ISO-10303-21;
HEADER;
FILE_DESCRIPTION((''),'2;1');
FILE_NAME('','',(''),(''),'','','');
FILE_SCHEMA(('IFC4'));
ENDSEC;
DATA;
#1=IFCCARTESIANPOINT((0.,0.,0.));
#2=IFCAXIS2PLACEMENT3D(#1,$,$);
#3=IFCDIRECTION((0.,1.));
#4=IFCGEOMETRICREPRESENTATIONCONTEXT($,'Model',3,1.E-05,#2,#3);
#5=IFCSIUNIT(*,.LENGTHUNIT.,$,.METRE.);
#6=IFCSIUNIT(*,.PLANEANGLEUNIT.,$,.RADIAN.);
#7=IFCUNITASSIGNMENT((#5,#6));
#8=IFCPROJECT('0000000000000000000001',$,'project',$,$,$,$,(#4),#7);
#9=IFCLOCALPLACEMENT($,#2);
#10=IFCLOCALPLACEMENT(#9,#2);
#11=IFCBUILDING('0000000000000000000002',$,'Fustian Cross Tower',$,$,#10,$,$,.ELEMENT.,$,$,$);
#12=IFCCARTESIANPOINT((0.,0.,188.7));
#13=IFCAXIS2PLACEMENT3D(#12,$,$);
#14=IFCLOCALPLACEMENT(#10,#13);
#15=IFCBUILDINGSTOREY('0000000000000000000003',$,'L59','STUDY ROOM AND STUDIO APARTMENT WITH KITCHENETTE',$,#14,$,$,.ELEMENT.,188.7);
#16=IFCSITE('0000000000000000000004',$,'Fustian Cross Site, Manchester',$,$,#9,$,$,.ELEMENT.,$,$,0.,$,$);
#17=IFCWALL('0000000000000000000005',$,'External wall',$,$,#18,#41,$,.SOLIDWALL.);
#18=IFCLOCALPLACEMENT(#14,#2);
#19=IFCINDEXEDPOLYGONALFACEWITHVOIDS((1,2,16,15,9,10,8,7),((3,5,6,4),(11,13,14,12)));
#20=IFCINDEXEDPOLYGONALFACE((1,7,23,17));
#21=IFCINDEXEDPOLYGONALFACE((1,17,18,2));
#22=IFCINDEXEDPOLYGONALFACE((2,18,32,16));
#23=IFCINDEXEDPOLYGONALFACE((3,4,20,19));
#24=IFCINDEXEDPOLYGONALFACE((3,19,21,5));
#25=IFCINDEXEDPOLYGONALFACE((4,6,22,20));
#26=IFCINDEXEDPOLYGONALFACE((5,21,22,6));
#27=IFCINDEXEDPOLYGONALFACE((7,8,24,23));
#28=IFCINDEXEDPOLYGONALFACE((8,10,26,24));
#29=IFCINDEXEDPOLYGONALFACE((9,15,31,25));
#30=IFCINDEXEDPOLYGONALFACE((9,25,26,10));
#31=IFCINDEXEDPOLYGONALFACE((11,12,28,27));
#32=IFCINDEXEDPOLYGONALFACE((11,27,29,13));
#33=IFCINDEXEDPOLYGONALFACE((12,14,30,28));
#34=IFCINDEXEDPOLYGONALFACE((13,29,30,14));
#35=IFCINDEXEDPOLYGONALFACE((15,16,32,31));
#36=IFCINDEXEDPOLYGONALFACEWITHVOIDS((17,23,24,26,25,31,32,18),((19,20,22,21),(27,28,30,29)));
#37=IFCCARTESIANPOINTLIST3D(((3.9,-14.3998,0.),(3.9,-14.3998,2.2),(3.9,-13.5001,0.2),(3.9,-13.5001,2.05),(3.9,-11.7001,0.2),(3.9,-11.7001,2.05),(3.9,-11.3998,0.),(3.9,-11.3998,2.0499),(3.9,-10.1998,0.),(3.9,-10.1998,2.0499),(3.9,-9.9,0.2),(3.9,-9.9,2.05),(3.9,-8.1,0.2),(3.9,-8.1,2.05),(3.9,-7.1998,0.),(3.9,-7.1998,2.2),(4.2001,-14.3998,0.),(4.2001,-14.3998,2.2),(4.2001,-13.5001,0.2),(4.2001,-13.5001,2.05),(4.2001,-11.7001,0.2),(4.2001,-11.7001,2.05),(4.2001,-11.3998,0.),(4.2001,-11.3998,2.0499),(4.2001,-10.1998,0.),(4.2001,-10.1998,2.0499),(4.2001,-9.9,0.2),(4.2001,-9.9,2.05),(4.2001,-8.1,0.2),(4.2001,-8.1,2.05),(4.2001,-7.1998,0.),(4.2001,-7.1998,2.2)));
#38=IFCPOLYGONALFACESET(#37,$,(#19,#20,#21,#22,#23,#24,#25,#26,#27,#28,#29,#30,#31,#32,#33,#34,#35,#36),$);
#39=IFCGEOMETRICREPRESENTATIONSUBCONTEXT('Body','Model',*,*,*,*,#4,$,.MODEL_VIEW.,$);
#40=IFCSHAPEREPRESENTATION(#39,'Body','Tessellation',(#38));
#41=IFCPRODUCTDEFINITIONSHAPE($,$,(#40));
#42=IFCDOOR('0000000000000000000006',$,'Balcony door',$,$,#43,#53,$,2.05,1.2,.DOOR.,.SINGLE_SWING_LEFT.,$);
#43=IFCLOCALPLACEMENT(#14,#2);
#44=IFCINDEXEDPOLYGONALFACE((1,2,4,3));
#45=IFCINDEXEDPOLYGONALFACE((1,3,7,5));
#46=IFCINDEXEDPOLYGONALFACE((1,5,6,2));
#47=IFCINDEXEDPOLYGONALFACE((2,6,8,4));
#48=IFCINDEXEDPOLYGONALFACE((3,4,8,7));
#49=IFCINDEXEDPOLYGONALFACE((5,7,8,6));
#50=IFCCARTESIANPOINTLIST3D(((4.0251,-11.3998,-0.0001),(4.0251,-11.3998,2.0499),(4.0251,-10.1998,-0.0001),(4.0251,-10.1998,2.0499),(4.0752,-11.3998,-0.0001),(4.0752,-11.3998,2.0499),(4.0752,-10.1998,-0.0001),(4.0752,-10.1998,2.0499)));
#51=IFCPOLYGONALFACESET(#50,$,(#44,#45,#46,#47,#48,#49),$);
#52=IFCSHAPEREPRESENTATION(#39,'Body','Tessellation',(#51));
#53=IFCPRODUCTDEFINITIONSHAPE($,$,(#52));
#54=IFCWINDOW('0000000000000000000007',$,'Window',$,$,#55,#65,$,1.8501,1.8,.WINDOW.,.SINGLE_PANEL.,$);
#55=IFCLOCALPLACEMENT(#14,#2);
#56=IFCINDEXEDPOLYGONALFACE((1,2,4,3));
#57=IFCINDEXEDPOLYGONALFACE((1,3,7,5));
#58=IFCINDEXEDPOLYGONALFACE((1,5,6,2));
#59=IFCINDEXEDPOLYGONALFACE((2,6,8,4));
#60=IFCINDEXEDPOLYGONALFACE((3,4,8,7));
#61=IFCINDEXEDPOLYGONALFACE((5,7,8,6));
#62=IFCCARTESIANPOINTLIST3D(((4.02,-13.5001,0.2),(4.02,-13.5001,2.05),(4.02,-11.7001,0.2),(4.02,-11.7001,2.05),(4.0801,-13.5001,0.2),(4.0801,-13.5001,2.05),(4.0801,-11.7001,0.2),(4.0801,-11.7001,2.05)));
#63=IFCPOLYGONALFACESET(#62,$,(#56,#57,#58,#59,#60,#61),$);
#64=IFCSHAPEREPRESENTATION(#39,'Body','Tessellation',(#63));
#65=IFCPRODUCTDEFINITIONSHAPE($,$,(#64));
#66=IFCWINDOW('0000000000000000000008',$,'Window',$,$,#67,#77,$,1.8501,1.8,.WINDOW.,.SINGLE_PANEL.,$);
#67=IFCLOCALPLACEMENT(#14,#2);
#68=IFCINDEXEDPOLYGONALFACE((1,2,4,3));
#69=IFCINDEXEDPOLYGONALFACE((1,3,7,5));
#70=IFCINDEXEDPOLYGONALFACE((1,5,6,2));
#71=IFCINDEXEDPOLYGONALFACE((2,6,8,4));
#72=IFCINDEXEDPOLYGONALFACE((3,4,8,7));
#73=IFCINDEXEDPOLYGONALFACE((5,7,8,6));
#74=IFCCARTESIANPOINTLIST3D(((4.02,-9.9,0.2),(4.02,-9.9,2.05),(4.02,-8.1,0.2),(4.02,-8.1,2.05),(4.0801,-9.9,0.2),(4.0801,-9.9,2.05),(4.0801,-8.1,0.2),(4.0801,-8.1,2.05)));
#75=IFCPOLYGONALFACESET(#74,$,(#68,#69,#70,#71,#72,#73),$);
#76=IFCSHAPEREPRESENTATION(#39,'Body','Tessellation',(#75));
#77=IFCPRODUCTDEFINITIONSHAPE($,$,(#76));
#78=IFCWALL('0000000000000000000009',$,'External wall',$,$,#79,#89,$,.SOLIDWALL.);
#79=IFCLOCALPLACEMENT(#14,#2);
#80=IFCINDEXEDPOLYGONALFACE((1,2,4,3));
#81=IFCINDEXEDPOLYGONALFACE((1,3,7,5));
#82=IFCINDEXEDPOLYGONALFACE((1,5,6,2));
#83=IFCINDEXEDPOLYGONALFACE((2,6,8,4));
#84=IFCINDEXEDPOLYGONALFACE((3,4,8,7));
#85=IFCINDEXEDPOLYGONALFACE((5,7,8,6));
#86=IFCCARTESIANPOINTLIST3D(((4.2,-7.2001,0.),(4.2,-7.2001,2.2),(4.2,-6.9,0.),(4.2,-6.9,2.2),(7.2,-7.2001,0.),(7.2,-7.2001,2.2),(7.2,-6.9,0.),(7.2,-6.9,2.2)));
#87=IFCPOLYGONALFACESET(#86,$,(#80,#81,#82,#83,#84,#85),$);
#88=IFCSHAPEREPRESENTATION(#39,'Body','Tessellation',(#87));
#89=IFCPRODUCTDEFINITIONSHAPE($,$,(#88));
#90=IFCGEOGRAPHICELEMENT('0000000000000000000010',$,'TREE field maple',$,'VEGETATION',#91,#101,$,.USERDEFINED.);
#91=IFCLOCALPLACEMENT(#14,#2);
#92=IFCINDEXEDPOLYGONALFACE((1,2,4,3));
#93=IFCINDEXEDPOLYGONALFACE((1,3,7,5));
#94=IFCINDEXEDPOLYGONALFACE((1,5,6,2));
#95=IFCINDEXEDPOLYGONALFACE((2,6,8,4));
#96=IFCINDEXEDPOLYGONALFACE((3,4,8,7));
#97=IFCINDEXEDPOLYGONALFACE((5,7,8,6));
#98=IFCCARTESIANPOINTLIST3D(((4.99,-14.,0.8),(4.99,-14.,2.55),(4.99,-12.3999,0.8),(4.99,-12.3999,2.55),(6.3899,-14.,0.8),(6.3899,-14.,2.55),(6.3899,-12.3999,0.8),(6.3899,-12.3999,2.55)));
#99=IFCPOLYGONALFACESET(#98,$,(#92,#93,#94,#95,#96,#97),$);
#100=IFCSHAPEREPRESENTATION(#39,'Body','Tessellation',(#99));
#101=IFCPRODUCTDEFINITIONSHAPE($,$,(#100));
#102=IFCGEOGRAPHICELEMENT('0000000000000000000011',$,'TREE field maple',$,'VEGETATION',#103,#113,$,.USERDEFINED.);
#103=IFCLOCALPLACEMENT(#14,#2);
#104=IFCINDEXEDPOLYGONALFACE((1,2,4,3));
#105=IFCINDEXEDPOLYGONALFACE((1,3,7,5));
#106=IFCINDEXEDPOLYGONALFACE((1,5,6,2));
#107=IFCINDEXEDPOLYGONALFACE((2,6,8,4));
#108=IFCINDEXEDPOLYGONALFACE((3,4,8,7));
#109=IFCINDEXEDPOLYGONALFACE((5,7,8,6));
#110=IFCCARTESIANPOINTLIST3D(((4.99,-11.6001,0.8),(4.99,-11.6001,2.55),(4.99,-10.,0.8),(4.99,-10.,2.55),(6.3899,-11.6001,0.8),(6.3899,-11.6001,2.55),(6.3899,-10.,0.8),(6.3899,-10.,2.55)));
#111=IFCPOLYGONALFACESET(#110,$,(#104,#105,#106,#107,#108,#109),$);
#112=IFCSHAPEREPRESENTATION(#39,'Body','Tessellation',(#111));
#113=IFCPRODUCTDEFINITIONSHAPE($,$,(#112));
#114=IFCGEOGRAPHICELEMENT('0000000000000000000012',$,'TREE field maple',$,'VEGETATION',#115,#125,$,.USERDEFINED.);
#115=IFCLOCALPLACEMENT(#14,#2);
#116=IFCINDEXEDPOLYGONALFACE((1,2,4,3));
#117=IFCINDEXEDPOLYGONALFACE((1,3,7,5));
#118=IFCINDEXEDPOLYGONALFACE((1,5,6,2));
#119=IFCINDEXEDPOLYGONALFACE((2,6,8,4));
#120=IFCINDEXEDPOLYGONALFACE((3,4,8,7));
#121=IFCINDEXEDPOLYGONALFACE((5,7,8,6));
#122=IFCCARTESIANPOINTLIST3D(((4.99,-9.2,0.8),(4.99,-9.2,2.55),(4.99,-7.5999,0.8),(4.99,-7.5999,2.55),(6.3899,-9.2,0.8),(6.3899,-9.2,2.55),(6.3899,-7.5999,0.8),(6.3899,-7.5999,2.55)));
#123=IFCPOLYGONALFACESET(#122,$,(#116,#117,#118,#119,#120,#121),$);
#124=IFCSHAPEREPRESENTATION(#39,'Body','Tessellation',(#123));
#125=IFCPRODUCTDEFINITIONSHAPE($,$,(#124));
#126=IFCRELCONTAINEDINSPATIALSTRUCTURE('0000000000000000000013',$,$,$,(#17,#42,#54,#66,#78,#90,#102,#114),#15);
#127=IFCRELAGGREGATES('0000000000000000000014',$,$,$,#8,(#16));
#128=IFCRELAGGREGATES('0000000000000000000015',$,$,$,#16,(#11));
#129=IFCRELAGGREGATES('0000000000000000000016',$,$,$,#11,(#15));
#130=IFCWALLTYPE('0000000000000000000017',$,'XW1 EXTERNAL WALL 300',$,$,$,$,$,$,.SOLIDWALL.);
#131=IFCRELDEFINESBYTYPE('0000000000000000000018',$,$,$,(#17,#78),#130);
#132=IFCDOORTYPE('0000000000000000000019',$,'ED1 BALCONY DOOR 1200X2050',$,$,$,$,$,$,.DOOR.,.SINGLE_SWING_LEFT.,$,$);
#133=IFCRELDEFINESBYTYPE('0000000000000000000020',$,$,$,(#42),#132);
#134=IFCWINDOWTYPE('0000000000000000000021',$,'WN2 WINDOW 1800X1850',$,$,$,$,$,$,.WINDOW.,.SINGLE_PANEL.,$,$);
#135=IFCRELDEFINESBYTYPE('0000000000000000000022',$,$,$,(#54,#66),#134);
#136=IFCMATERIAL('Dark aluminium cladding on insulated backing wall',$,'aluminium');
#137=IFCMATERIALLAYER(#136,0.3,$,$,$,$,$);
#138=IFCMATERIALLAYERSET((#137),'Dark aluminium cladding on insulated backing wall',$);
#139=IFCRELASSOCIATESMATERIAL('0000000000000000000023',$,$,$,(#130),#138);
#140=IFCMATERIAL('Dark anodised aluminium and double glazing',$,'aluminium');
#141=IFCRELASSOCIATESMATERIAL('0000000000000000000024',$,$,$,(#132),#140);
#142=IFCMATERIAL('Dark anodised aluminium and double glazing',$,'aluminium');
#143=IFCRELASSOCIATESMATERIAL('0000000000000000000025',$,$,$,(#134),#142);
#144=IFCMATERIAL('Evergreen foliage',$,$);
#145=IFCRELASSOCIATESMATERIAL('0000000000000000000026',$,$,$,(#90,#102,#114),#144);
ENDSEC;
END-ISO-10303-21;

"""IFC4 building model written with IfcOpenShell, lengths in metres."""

from ifc_helpers import new_model, si_unit, direction, frame, frame_2d, origin, origin_2d, place, context, subcontext, project, spatial, rectangle, extrude, material, layer, layer_set, type_object, element, fill, save


model = new_model("IFC4")

# Units and contexts
model_context = context("Model", 3, precision=1e-05, world=origin(), true_north=direction((0.0, 1.0)))
body_context = subcontext(model_context, "Body", "Model", "MODEL_VIEW")
ifc_project = project(units=[si_unit("LENGTHUNIT", "METRE"), si_unit("PLANEANGLEUNIT", "RADIAN")], contexts=[model_context])

# Site, building, storey
site_placement = place(None, origin())
site = spatial("IfcSite", under=ifc_project, at=site_placement, Name="Fustian Cross Site, Manchester", CompositionType="ELEMENT", RefElevation=0.0)
building_placement = place(site_placement, origin())
building = spatial("IfcBuilding", under=site, at=building_placement, Name="Fustian Cross Tower", CompositionType="ELEMENT")
storey_placement = place(building_placement, frame((0.0, 0.0, 188.7)))
storey = spatial("IfcBuildingStorey", under=building, at=storey_placement, Name="L59", Description="STUDY ROOM AND STUDIO APARTMENT WITH KITCHENETTE", CompositionType="ELEMENT", Elevation=188.7)

# Shared definitions
ifc_material_1 = material(Name="Dark aluminium cladding on insulated backing wall", Category="aluminium")
ifc_layer_1 = layer(ifc_material_1, 0.3)
ifc_layer_set_1 = layer_set([ifc_layer_1], Name="Dark aluminium cladding on insulated backing wall")
wall_type_1 = type_object("IfcWallType", Name="XW1 EXTERNAL WALL 300", PredefinedType="SOLIDWALL", material=ifc_layer_set_1)

# Wall, openings, door, windows
wall_1_placement = place(storey_placement, frame((4.05, -14.3999, 0.0), z_axis=(0.0, 0.0, 1.0), x_axis=(0.0, 1.0, 0.0)))
wall_1 = element("IfcWall", 1, at=wall_1_placement, inside=storey, type_object=wall_type_1, Name="External wall", PredefinedType="SOLIDWALL", context=body_context, shape_type="SweptSolid", body=[
    extrude(rectangle(XDim=7.2, YDim=0.3, at=frame_2d((3.6001, 0.0))), origin(), (0.0, 0.0, 1.0), 2.2),
])
opening_1_placement = place(wall_1_placement, frame((3.0, 0.0, 0.0)))
opening_1 = element("IfcOpeningElement", 2, at=opening_1_placement, cuts=wall_1, PredefinedType="OPENING", context=body_context, shape_type="SweptSolid", body=[
    extrude(rectangle(XDim=1.2, YDim=2.05, at=frame_2d((0.6001, 1.0249))), frame((0.0, 0.1599, 0.0), z_axis=(0.0, -1.0, 0.0), x_axis=(1.0, 0.0, 0.0)), (0.0, 0.0, 1.0), 0.3201),
])
opening_2_placement = place(wall_1_placement, frame((0.8999, 0.0, 0.2)))
opening_2 = element("IfcOpeningElement", 3, at=opening_2_placement, cuts=wall_1, PredefinedType="OPENING", context=body_context, shape_type="SweptSolid", body=[
    extrude(rectangle(XDim=1.8, YDim=1.8501, at=frame_2d((0.8999, 0.925))), frame((0.0, 0.1599, 0.0), z_axis=(0.0, -1.0, 0.0), x_axis=(1.0, 0.0, 0.0)), (0.0, 0.0, 1.0), 0.3201),
])
opening_3_placement = place(wall_1_placement, frame((4.5, 0.0, 0.2)))
opening_3 = element("IfcOpeningElement", 4, at=opening_3_placement, cuts=wall_1, PredefinedType="OPENING", context=body_context, shape_type="SweptSolid", body=[
    extrude(rectangle(XDim=1.8, YDim=1.8501, at=frame_2d((0.8999, 0.925))), frame((0.0, 0.1599, 0.0), z_axis=(0.0, -1.0, 0.0), x_axis=(1.0, 0.0, 0.0)), (0.0, 0.0, 1.0), 0.3201),
])
ifc_material_2 = material(Name="Dark anodised aluminium and double glazing", Category="aluminium")
door_type_1 = type_object("IfcDoorType", Name="ED1 BALCONY DOOR 1200X2050", OperationType="SINGLE_SWING_LEFT", PredefinedType="DOOR", material=ifc_material_2)
door_1_placement = place(opening_1_placement, origin())
door_1 = element("IfcDoor", 5, at=door_1_placement, inside=storey, type_object=door_type_1, Name="Balcony door", OperationType="SINGLE_SWING_LEFT", OverallHeight=2.05, OverallWidth=1.2, PredefinedType="DOOR", context=body_context, shape_type="SweptSolid", body=[
    extrude(rectangle(XDim=1.2, YDim=2.05, at=frame_2d((0.6001, 1.0249))), frame((0.0, 0.0249, 0.0), z_axis=(0.0, -1.0, 0.0), x_axis=(1.0, 0.0, 0.0)), (0.0, 0.0, 1.0), 0.05),
])
fill(opening_1, door_1)
ifc_material_3 = material(Name="Dark anodised aluminium and double glazing", Category="aluminium")
window_type = type_object("IfcWindowType", Name="WN2 WINDOW 1800X1850", PartitioningType="SINGLE_PANEL", PredefinedType="WINDOW", material=ifc_material_3)
window_1_placement = place(opening_2_placement, origin())
window_1 = element("IfcWindow", 6, at=window_1_placement, inside=storey, type_object=window_type, Name="Window", OverallHeight=1.8501, OverallWidth=1.8, PartitioningType="SINGLE_PANEL", PredefinedType="WINDOW", context=body_context, shape_type="SweptSolid", body=[
    extrude(rectangle(XDim=1.8, YDim=1.8501, at=frame_2d((0.8999, 0.925))), frame((0.0, 0.03, 0.0), z_axis=(0.0, -1.0, 0.0), x_axis=(1.0, 0.0, 0.0)), (0.0, 0.0, 1.0), 0.0601),
])
fill(opening_2, window_1)
window_2_placement = place(opening_3_placement, origin())
window_2 = element("IfcWindow", 7, at=window_2_placement, inside=storey, type_object=window_type, Name="Window", OverallHeight=1.8501, OverallWidth=1.8, PartitioningType="SINGLE_PANEL", PredefinedType="WINDOW", context=body_context, shape_type="SweptSolid", body=[
    extrude(rectangle(XDim=1.8, YDim=1.8501, at=frame_2d((0.8999, 0.925))), frame((0.0, 0.03, 0.0), z_axis=(0.0, -1.0, 0.0), x_axis=(1.0, 0.0, 0.0)), (0.0, 0.0, 1.0), 0.0601),
])
fill(opening_3, window_2)

# Wall
wall_2_placement = place(storey_placement, frame((4.2, -7.05, 0.0), z_axis=(0.0, 0.0, 1.0), x_axis=(1.0, 0.0, 0.0)))
element("IfcWall", 8, at=wall_2_placement, inside=storey, type_object=wall_type_1, Name="External wall", PredefinedType="SOLIDWALL", context=body_context, shape_type="SweptSolid", body=[
    extrude(rectangle(XDim=3.0, YDim=0.3, at=frame_2d((1.5, 0.0))), origin(), (0.0, 0.0, 1.0), 2.2),
])

# Geographic elements
ifc_material_4 = material(Name="Evergreen foliage")
for number, where, z_axis, x_axis, name in (
    (9, (5.6899, -13.2, 0.8), (0.0, 0.0, 1.0), (1.0, 0.0, 0.0), "TREE field maple"),
    (10, (5.6899, -10.8, 0.8), (0.0, 0.0, 1.0), (1.0, 0.0, 0.0), "TREE field maple"),
    (11, (5.6899, -8.3999, 0.8), (0.0, 0.0, 1.0), (1.0, 0.0, 0.0), "TREE field maple"),
):
    element("IfcGeographicElement", number, at=place(storey_placement, frame(where, z_axis=z_axis, x_axis=x_axis)), inside=storey, material=ifc_material_4, Name=name, ObjectType="VEGETATION", PredefinedType="USERDEFINED", context=body_context, shape_type="SweptSolid", body=[
        extrude(rectangle(XDim=1.3999, YDim=1.6001, at=origin_2d()), origin(), (0.0, 0.0, 1.0), 1.75),
    ])

save(model, "model.ifc")
